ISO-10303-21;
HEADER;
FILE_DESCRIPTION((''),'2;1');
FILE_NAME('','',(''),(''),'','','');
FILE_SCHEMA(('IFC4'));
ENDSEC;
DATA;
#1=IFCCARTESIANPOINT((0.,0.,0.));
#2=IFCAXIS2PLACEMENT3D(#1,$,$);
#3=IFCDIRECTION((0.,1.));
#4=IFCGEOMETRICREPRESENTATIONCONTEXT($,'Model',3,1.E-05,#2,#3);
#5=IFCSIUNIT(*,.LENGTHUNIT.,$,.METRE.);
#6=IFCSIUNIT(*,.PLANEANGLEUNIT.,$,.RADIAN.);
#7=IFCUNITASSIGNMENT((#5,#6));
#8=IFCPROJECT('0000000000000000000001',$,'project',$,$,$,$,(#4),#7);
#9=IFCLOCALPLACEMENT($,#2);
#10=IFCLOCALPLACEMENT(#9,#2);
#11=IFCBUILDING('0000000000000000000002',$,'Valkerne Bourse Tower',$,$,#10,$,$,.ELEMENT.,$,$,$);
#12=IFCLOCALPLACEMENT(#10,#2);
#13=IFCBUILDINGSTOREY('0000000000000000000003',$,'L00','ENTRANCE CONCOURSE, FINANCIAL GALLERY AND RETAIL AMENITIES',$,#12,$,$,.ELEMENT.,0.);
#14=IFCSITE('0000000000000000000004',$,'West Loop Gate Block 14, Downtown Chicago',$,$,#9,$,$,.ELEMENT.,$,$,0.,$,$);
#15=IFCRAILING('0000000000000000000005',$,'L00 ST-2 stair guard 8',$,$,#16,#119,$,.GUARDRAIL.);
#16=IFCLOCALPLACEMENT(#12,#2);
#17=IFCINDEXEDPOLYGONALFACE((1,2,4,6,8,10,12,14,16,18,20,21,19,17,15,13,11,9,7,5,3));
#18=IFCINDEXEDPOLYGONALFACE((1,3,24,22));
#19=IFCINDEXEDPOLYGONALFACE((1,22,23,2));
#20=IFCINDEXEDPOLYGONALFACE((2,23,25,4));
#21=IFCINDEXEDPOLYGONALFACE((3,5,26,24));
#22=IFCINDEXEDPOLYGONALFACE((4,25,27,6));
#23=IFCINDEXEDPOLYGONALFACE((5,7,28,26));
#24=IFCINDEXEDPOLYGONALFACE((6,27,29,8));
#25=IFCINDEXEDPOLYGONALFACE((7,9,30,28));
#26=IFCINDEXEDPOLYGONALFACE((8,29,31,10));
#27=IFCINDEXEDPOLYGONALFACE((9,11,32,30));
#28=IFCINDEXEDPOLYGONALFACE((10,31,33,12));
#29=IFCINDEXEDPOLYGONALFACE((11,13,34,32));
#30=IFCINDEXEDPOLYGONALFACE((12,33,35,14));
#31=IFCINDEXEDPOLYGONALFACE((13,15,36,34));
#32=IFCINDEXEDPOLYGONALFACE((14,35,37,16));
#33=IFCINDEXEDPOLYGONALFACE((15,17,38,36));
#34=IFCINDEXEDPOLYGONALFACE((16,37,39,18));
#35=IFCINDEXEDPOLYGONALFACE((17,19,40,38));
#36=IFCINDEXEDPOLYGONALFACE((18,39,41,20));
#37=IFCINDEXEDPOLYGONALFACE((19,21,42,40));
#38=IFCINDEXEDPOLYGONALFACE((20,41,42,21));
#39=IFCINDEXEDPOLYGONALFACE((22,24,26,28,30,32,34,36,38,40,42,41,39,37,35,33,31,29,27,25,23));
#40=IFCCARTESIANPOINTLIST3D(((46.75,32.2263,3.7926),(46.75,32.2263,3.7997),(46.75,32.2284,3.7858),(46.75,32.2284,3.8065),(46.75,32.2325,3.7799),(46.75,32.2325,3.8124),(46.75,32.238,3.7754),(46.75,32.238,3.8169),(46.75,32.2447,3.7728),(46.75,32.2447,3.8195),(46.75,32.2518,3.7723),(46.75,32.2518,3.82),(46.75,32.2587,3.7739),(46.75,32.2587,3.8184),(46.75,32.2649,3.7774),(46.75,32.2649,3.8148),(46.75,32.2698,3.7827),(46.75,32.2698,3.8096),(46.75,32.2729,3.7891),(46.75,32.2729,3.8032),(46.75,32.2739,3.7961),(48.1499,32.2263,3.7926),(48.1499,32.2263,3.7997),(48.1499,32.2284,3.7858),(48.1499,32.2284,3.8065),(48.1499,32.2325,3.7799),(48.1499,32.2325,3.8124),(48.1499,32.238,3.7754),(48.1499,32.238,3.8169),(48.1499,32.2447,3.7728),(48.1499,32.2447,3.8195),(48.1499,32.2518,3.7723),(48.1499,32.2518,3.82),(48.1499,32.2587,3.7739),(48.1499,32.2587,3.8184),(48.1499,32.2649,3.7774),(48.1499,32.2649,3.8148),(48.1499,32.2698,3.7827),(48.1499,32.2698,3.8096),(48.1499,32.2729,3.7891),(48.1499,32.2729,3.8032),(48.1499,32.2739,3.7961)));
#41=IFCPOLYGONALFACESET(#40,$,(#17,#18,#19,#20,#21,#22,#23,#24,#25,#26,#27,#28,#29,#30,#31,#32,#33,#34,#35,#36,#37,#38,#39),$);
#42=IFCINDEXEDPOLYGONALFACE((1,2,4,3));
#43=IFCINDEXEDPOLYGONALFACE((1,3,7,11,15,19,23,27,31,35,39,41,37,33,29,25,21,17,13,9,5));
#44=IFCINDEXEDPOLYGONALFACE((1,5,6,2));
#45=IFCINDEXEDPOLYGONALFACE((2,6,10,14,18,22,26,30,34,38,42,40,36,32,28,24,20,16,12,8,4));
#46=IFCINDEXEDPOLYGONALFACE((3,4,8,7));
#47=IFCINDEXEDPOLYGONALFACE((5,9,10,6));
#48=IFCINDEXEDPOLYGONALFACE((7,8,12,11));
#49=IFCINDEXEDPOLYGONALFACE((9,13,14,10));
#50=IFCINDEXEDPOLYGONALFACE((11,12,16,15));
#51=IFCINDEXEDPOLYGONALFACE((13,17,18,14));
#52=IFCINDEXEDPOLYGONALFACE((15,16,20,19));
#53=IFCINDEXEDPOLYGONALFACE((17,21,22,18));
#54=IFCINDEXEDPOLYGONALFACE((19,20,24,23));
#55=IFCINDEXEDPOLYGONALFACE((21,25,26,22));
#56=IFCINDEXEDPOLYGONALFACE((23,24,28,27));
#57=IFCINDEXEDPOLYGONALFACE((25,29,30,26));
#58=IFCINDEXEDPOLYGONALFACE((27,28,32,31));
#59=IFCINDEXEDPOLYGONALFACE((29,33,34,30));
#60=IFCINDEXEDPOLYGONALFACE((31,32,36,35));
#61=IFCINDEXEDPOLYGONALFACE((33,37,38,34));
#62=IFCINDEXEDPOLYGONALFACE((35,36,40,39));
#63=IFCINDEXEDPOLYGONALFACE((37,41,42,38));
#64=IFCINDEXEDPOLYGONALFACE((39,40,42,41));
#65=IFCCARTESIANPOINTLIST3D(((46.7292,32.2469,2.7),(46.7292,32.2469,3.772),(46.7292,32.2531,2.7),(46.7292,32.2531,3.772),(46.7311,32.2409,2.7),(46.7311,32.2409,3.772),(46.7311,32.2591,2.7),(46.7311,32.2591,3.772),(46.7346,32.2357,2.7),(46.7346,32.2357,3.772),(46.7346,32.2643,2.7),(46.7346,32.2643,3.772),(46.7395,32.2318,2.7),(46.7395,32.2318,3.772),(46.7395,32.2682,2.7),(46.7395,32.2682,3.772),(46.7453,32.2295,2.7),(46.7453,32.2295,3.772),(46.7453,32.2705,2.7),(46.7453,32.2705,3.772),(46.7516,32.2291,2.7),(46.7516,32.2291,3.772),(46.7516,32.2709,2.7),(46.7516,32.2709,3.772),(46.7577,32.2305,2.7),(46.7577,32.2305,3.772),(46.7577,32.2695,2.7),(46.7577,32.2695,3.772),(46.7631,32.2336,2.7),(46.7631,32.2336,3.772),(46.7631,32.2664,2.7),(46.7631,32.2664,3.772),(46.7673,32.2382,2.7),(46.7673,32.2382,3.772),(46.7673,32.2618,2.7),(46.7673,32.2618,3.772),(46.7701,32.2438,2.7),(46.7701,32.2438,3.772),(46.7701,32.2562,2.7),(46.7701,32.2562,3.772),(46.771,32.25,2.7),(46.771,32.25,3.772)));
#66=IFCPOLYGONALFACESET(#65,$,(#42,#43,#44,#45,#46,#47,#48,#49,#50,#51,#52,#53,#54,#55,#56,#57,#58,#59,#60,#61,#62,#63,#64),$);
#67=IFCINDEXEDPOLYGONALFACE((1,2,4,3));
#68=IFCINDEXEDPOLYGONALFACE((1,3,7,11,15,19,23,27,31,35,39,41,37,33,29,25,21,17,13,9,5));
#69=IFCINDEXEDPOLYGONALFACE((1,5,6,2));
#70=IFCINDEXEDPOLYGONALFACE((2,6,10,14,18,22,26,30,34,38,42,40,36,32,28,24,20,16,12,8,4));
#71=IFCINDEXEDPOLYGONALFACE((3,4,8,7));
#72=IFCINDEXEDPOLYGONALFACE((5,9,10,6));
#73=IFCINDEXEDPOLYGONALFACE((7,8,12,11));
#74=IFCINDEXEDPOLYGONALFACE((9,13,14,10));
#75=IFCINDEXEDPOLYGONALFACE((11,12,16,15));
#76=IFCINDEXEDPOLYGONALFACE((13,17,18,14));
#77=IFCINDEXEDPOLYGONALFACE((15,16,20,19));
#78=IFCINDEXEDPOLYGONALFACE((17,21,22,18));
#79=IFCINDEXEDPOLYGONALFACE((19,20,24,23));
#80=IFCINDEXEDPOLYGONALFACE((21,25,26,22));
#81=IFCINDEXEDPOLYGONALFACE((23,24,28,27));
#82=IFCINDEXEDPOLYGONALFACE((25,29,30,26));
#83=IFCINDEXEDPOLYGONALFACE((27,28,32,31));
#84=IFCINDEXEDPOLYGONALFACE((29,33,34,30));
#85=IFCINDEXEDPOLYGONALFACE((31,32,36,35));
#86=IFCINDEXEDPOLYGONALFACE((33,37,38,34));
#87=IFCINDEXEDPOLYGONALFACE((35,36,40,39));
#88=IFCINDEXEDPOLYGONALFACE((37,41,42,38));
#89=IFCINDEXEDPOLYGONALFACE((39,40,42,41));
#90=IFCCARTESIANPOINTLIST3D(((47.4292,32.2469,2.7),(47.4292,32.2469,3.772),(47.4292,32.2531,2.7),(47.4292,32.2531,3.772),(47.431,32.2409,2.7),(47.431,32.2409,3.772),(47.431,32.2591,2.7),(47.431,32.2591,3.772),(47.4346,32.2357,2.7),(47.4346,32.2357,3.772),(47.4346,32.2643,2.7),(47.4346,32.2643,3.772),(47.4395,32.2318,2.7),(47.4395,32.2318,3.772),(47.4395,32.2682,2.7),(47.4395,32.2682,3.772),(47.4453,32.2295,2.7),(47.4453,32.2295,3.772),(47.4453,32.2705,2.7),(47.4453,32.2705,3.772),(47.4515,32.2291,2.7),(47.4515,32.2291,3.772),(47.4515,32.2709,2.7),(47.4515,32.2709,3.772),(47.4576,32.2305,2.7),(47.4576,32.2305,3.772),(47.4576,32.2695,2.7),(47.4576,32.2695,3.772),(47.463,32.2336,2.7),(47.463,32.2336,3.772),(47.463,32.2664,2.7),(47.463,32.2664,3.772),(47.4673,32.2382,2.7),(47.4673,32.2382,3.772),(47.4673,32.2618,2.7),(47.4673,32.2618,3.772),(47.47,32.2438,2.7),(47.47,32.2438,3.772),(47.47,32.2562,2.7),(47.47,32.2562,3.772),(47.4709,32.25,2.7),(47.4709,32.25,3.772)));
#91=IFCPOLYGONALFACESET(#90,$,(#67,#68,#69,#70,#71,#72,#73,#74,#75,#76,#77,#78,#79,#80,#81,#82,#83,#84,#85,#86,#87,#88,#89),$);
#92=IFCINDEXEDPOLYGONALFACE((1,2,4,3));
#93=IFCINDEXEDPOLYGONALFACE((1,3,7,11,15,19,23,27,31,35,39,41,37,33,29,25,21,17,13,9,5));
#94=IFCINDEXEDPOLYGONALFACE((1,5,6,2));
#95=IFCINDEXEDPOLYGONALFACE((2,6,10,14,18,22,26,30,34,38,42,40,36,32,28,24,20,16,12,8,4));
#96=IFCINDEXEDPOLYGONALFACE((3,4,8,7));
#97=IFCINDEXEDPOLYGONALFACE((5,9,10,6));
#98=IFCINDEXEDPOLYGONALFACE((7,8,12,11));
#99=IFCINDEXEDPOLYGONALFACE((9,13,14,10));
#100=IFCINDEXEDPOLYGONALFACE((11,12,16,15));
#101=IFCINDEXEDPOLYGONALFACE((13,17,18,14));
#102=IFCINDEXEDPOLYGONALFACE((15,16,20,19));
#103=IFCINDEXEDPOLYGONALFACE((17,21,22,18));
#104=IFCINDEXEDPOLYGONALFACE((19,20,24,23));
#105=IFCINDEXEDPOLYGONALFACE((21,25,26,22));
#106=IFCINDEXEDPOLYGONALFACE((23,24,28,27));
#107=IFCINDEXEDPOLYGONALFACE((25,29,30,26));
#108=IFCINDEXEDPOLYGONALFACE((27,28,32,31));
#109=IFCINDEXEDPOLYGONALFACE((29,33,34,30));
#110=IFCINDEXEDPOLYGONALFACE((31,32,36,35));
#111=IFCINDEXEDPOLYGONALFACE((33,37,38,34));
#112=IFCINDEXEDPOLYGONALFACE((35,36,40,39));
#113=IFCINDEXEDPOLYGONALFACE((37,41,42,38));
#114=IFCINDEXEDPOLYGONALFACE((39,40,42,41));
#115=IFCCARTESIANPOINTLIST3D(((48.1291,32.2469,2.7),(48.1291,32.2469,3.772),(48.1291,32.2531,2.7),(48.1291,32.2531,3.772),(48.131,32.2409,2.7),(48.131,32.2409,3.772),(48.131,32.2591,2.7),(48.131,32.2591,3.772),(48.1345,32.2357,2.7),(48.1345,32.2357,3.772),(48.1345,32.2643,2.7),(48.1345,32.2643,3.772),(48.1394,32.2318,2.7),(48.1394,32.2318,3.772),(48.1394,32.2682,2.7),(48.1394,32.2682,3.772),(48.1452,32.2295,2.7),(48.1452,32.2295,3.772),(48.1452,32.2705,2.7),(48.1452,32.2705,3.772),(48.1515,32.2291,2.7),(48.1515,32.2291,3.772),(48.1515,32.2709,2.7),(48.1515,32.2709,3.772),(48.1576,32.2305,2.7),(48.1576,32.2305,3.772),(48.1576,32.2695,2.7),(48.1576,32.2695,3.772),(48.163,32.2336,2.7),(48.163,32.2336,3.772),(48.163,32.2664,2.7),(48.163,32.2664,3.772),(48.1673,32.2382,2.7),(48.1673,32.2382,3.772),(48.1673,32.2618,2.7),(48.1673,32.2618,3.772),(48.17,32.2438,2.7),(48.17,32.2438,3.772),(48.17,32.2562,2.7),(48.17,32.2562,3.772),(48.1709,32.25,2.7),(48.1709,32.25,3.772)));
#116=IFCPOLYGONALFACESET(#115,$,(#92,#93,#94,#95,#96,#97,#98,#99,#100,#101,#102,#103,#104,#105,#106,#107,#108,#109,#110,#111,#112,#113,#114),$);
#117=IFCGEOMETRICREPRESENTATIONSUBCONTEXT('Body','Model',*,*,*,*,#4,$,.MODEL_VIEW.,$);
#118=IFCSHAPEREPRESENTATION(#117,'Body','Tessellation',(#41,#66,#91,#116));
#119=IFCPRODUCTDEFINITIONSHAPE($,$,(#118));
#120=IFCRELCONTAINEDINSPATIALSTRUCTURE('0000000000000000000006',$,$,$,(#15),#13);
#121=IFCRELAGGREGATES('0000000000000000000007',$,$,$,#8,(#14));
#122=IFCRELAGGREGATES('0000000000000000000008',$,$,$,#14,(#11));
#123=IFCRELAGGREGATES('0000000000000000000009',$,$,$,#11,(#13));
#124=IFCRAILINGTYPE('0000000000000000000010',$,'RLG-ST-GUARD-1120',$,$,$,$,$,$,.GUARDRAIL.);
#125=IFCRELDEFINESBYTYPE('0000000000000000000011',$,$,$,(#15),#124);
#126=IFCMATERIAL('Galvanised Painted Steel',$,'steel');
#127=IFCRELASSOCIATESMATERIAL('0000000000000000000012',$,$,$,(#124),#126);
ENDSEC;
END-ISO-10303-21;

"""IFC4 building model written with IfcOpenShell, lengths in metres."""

from ifc_helpers import new_model, si_unit, direction, frame, origin, origin_2d, place, context, subcontext, project, spatial, circle, extrude, material, type_object, element, save


model = new_model("IFC4")

# Units and contexts
model_context = context("Model", 3, precision=1e-05, world=origin(), true_north=direction((0.0, 1.0)))
body_context = subcontext(model_context, "Body", "Model", "MODEL_VIEW")
ifc_project = project(units=[si_unit("LENGTHUNIT", "METRE"), si_unit("PLANEANGLEUNIT", "RADIAN")], contexts=[model_context])

# Site, building, storey
site_placement = place(None, origin())
site = spatial("IfcSite", under=ifc_project, at=site_placement, Name="West Loop Gate Block 14, Downtown Chicago", CompositionType="ELEMENT", RefElevation=0.0)
building_placement = place(site_placement, origin())
building = spatial("IfcBuilding", under=site, at=building_placement, Name="Valkerne Bourse Tower", CompositionType="ELEMENT")
storey_placement = place(building_placement, origin())
storey = spatial("IfcBuildingStorey", under=building, at=storey_placement, Name="L00", Description="ENTRANCE CONCOURSE, FINANCIAL GALLERY AND RETAIL AMENITIES", CompositionType="ELEMENT", Elevation=0.0)

# Shared definitions
ifc_material_1 = material(Name="Galvanised Painted Steel", Category="steel")

# Railing
railing_type_1 = type_object("IfcRailingType", Name="RLG-ST-GUARD-1120", PredefinedType="GUARDRAIL", material=ifc_material_1)
railing_1_placement = place(storey_placement, frame((46.75, 32.25, 2.7)))
element("IfcRailing", 1, at=railing_1_placement, inside=storey, type_object=railing_type_1, Name="L00 ST-2 stair guard 8", PredefinedType="GUARDRAIL", context=body_context, shape_type="SweptSolid", body=[
    extrude(circle(Radius=0.0239, at=origin_2d()), frame((0.0, 0.0, 1.0962), z_axis=(1.0, 0.0, 0.0), x_axis=(0.0, 1.0, 0.0)), (0.0, 0.0, 1.0), 1.3999),
    extrude(circle(Radius=0.021, at=origin_2d()), origin(), (0.0, 0.0, 1.0), 1.072),
    extrude(circle(Radius=0.021, at=origin_2d()), frame((0.7, 0.0, 0.0)), (0.0, 0.0, 1.0), 1.072),
    extrude(circle(Radius=0.021, at=origin_2d()), frame((1.3999, 0.0, 0.0)), (0.0, 0.0, 1.0), 1.072),
])

save(model, "model.ifc")
